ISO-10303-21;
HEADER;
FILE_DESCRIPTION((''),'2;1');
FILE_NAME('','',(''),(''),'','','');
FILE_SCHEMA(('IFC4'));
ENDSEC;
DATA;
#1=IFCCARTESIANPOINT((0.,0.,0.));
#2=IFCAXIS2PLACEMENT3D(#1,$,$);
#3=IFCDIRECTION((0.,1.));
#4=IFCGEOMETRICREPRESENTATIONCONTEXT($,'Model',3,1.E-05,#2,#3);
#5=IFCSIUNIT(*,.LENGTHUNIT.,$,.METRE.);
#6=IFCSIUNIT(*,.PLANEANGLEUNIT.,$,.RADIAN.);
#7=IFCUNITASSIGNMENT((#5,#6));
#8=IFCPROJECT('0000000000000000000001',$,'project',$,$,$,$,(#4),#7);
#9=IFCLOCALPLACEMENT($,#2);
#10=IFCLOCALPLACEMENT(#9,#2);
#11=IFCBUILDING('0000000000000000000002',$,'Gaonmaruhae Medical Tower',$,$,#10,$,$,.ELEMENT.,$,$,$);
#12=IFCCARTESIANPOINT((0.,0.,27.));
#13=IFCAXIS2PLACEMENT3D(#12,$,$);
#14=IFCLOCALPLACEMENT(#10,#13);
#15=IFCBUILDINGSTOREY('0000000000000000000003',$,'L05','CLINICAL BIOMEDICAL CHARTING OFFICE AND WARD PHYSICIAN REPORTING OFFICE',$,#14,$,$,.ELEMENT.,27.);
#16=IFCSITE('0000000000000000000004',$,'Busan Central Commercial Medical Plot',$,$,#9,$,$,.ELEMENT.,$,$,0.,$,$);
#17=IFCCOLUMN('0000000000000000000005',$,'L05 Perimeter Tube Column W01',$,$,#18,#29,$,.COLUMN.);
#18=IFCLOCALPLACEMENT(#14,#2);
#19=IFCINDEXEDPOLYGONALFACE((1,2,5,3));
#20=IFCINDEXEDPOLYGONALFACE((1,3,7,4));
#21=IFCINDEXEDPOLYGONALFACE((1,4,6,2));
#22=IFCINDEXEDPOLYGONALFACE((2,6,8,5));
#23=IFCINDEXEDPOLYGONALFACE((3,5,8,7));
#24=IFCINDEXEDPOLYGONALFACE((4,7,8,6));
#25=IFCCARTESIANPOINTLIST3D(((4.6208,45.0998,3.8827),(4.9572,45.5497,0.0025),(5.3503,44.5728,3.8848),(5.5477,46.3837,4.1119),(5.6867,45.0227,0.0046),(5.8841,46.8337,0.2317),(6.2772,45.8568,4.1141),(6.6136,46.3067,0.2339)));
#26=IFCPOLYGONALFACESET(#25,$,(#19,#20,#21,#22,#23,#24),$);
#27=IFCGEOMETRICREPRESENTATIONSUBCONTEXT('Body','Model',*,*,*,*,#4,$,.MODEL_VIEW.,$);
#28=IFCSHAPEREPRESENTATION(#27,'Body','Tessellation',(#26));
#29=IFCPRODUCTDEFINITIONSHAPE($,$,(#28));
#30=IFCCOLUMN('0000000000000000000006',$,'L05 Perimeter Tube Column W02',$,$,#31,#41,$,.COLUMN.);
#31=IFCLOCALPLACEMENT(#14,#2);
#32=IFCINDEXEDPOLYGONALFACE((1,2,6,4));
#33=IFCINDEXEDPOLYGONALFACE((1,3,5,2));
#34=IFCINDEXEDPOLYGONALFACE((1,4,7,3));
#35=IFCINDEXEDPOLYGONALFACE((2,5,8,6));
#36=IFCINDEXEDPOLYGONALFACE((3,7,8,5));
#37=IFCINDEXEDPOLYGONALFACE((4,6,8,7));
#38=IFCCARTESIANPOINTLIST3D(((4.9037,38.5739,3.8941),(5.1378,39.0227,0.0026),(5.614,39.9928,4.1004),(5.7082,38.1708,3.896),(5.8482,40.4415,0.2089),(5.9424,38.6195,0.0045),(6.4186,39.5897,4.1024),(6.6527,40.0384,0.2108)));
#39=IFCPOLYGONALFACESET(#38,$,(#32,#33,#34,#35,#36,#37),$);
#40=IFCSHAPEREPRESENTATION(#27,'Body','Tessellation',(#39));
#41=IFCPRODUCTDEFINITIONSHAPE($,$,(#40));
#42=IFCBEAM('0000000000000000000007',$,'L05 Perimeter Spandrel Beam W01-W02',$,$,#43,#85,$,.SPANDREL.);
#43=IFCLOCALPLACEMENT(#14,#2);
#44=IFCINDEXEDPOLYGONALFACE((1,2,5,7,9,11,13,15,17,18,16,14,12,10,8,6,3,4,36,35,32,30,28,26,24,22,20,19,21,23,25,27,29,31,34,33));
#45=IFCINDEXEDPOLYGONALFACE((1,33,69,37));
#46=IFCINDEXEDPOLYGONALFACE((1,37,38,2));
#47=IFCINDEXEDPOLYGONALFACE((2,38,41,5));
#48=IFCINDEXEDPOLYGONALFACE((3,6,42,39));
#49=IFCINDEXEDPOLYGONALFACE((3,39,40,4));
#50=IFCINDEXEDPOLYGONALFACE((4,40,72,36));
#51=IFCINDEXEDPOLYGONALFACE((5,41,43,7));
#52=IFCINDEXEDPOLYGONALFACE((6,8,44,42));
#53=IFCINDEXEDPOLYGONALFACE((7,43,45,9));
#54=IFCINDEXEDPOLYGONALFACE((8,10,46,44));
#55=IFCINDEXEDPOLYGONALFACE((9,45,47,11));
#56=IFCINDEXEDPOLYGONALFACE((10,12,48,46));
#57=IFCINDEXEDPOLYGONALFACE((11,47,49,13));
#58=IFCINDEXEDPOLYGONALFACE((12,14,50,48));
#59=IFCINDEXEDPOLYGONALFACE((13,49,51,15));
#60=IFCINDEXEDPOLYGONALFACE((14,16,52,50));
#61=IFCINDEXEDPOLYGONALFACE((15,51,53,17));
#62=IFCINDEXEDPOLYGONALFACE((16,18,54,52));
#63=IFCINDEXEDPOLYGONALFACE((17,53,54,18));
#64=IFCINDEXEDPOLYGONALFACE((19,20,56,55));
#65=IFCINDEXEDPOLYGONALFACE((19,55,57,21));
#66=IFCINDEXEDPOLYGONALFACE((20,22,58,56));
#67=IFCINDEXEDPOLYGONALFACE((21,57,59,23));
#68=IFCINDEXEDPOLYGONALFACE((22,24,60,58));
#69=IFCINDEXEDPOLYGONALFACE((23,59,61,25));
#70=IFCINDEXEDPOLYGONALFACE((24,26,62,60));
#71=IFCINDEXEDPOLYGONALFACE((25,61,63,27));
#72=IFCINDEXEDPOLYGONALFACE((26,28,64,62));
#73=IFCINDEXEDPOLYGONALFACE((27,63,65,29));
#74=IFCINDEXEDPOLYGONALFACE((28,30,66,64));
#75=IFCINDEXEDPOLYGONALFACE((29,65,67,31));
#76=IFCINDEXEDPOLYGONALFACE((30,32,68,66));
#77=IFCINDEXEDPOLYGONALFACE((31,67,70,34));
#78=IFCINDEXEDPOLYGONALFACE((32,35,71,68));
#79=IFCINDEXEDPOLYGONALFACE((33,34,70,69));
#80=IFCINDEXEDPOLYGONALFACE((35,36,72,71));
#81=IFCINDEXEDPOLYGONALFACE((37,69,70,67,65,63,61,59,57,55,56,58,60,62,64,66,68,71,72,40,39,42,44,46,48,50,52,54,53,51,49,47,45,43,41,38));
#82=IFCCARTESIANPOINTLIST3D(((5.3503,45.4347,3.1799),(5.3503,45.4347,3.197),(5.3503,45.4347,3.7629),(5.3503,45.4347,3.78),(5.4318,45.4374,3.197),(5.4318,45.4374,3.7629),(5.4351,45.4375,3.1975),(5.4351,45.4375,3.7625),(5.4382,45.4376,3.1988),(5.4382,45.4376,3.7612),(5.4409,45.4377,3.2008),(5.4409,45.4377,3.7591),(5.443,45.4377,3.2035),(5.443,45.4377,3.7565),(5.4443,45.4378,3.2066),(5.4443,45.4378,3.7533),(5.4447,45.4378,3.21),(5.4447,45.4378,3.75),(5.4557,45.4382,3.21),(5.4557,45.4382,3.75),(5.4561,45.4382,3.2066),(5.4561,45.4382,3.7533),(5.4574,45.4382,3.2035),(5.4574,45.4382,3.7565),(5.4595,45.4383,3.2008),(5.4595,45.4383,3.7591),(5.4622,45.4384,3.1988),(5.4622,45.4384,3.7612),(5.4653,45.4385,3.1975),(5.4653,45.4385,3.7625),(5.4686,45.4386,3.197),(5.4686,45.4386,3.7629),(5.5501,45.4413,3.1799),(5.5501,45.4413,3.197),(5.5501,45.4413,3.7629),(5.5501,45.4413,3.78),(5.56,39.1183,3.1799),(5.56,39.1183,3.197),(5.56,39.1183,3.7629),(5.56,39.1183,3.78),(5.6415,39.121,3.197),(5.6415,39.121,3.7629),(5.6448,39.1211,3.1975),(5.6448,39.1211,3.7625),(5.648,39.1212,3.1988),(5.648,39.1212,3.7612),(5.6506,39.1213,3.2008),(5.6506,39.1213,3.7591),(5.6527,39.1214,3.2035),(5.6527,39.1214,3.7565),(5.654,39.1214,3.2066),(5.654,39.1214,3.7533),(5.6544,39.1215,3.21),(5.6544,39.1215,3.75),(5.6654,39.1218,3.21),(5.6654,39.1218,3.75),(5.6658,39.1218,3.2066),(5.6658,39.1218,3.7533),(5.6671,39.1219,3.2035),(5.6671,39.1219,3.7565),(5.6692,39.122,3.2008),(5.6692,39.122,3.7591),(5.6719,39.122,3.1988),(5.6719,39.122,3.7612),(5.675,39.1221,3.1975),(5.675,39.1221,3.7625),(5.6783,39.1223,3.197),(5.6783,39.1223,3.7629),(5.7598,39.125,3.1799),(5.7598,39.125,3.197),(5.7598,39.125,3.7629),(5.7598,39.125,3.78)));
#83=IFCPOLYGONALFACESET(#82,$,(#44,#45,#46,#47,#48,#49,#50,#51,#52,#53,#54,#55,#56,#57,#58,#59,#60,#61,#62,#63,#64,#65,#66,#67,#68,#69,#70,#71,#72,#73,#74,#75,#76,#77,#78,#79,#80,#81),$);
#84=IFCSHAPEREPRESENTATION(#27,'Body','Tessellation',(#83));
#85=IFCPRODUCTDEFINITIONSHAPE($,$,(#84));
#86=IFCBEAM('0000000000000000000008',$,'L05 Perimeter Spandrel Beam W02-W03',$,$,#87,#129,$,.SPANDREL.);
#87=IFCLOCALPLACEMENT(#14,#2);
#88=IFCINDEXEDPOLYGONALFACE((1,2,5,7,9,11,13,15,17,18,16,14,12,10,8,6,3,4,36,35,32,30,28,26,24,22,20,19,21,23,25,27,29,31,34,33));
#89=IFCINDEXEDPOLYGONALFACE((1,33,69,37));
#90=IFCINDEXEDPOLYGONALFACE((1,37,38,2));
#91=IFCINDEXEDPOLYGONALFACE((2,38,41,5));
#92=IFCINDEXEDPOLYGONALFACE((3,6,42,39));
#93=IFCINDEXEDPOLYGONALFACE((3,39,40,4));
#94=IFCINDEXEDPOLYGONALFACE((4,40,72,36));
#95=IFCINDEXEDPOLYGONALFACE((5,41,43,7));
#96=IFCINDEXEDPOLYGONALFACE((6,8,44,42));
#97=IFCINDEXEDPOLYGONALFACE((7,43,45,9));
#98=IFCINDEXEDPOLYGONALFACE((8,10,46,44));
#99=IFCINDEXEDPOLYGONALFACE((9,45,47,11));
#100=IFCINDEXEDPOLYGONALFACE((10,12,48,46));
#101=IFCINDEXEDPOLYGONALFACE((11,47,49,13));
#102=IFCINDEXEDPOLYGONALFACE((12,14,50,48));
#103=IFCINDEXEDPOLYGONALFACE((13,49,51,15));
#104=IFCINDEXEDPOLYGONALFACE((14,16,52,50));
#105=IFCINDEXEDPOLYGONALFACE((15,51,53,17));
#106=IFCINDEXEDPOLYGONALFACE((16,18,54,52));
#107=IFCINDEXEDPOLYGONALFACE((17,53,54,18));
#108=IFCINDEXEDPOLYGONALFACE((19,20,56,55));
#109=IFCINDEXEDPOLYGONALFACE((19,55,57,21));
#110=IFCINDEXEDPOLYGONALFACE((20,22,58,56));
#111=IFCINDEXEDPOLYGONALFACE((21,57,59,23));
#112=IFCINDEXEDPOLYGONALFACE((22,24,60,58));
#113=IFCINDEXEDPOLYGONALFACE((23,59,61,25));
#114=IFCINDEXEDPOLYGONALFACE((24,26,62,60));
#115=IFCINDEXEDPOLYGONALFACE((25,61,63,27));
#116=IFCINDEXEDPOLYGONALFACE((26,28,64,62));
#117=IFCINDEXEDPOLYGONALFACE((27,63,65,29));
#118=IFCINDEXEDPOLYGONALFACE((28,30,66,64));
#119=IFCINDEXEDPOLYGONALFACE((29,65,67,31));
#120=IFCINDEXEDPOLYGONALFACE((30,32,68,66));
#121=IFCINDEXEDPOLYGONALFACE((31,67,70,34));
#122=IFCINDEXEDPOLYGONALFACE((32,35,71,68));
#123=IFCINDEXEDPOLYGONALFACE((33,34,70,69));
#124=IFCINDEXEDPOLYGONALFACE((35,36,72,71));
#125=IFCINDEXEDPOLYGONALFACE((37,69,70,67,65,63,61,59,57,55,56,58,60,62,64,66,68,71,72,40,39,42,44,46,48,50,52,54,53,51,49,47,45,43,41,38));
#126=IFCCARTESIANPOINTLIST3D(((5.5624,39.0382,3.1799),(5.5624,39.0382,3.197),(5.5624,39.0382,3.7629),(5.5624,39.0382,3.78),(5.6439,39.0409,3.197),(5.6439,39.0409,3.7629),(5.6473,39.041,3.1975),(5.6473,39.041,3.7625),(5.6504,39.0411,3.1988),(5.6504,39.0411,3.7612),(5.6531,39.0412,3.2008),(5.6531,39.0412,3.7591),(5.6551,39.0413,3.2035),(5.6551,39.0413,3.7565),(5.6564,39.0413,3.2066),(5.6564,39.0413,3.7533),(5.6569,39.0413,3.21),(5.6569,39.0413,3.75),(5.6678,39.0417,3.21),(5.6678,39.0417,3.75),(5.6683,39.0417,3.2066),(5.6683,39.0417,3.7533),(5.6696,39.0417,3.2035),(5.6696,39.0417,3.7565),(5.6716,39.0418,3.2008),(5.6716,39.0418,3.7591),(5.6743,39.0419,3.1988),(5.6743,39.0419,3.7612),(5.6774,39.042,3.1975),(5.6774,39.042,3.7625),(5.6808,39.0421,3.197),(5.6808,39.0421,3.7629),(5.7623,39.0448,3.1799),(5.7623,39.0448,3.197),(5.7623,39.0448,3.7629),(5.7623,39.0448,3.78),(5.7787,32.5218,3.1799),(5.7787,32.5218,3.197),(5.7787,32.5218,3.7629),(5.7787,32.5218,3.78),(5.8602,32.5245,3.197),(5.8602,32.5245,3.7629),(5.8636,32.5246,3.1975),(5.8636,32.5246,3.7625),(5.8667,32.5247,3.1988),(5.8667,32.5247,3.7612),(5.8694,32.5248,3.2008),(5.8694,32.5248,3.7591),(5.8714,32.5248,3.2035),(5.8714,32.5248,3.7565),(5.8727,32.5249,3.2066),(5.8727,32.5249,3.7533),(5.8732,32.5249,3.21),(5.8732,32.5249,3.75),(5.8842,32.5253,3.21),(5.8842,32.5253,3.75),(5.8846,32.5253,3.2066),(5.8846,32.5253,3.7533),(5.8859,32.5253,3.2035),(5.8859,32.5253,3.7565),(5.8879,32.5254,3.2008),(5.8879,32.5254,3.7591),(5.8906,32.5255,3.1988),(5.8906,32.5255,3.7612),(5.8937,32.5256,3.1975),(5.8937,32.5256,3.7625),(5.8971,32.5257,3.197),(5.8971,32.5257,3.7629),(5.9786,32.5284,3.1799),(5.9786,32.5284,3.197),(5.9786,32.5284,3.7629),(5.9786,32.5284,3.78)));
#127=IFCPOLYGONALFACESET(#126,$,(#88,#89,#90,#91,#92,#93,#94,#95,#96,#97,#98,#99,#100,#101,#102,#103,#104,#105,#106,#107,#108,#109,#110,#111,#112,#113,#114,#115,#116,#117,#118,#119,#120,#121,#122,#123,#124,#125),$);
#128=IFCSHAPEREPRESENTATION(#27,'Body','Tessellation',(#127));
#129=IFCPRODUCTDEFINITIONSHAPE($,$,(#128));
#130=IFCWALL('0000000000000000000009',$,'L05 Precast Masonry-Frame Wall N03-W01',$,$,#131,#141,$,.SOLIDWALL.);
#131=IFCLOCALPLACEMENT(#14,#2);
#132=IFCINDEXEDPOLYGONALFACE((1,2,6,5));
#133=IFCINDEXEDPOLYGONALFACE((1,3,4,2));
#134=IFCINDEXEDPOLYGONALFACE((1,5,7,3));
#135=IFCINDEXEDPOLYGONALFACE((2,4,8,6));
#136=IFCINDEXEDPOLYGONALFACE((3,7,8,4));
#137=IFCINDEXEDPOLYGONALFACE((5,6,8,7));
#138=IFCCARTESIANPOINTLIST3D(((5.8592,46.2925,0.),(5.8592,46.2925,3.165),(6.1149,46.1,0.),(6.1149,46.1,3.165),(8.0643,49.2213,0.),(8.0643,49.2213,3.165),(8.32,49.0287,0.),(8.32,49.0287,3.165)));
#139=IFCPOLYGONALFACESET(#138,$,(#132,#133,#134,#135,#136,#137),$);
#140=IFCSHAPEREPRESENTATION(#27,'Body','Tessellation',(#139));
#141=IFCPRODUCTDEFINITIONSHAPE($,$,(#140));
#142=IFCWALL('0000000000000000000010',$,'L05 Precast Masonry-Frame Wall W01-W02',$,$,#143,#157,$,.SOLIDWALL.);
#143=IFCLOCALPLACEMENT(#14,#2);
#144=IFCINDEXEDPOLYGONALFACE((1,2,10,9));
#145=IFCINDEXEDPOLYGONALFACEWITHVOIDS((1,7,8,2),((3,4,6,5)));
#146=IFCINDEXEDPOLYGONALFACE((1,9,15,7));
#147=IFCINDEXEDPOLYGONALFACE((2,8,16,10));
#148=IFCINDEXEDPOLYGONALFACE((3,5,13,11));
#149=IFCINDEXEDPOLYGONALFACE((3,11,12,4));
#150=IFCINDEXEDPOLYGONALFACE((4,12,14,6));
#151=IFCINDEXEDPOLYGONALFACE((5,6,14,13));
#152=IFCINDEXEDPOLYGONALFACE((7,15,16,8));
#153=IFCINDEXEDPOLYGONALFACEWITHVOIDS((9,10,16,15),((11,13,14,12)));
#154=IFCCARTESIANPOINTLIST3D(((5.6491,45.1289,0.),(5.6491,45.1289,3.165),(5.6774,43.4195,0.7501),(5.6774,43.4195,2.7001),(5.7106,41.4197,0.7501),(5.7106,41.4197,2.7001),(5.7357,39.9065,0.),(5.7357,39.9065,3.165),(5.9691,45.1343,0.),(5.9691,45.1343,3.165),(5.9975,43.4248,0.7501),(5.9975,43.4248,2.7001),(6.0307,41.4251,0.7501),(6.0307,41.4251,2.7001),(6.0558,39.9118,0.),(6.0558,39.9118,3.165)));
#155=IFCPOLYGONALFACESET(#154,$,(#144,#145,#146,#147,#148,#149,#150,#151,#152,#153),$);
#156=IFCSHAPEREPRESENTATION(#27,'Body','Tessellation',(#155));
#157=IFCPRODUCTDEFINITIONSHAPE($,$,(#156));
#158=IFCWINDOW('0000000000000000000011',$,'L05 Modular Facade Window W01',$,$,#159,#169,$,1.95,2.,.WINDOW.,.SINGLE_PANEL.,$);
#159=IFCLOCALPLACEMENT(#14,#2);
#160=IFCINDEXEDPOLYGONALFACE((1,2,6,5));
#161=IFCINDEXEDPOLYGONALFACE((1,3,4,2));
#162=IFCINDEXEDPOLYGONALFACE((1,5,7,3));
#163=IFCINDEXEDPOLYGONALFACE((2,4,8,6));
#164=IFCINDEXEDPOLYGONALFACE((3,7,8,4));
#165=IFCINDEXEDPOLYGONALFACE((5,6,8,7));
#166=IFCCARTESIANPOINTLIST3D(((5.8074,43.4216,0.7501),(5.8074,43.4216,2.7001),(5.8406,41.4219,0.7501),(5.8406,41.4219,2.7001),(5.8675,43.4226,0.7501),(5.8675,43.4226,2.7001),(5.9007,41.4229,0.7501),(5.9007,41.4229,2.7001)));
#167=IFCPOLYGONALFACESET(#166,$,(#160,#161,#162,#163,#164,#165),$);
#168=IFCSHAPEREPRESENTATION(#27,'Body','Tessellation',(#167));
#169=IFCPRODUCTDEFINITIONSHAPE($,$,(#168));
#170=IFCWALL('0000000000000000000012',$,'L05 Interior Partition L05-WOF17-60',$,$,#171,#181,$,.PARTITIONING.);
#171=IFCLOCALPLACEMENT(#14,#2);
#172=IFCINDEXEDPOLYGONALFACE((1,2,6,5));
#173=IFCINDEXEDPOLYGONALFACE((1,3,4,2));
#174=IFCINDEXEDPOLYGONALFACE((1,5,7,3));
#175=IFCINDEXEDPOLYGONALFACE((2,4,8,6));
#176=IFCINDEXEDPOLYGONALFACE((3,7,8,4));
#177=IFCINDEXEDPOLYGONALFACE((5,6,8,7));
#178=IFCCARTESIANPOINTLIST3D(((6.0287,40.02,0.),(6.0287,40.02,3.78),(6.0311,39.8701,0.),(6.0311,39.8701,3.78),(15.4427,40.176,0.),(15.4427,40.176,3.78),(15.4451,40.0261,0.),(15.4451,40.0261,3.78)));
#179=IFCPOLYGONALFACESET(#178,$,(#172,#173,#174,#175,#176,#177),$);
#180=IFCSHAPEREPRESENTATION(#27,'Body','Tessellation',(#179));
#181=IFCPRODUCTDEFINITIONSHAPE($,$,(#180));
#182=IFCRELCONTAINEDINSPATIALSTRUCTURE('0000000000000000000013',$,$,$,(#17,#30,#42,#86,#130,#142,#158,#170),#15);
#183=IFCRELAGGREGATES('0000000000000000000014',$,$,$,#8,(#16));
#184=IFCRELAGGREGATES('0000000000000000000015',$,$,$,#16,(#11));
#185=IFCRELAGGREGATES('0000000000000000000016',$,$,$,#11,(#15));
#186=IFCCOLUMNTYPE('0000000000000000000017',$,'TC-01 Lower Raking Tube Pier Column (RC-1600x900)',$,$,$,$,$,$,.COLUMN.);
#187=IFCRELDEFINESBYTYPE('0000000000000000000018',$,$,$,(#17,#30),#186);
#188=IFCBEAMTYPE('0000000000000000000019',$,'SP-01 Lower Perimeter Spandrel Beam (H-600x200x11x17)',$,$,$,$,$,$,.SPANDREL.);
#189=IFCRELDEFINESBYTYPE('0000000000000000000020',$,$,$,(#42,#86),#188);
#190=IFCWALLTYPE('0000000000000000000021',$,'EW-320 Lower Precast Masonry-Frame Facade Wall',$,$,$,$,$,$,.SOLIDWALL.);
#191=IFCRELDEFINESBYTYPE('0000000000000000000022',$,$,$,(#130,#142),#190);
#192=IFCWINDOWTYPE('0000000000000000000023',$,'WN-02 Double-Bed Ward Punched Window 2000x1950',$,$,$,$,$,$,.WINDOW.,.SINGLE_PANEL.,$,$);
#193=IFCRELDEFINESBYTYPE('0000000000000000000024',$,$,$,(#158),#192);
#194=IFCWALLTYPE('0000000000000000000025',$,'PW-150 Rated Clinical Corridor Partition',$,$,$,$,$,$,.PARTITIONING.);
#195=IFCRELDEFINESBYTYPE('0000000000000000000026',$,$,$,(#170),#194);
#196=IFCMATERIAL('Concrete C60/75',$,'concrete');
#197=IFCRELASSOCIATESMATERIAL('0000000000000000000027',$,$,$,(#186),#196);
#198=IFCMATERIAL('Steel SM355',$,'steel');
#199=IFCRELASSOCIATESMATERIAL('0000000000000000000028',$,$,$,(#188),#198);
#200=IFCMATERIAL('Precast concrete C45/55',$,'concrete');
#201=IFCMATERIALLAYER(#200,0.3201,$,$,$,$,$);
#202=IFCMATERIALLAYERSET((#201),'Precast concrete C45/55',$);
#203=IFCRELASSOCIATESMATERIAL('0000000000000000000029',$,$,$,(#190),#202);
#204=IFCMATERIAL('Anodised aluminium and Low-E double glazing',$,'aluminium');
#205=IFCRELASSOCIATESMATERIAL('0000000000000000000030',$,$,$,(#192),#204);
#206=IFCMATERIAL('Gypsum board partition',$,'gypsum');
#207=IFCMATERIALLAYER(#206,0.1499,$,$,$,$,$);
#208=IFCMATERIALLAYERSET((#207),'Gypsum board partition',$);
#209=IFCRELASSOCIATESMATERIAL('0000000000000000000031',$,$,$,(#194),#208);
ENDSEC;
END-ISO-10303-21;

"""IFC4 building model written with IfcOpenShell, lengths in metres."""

from ifc_helpers import new_model, si_unit, direction, frame, frame_2d, origin, origin_2d, place, context, subcontext, project, spatial, rectangle, i_section, extrude, material, layer, layer_set, material_profile, profile_set, type_object, element, fill, save


model = new_model("IFC4")

# Units and contexts
model_context = context("Model", 3, precision=1e-05, world=origin(), true_north=direction((0.0, 1.0)))
body_context = subcontext(model_context, "Body", "Model", "MODEL_VIEW")
ifc_project = project(units=[si_unit("LENGTHUNIT", "METRE"), si_unit("PLANEANGLEUNIT", "RADIAN")], contexts=[model_context])

# Site, building, storey
site_placement = place(None, origin())
site = spatial("IfcSite", under=ifc_project, at=site_placement, Name="Busan Central Commercial Medical Plot", CompositionType="ELEMENT", RefElevation=0.0)
building_placement = place(site_placement, origin())
building = spatial("IfcBuilding", under=site, at=building_placement, Name="Gaonmaruhae Medical Tower", CompositionType="ELEMENT")
storey_placement = place(building_placement, frame((0.0, 0.0, 27.0)))
storey = spatial("IfcBuildingStorey", under=building, at=storey_placement, Name="L05", Description="CLINICAL BIOMEDICAL CHARTING OFFICE AND WARD PHYSICIAN REPORTING OFFICE", CompositionType="ELEMENT", Elevation=27.0)

# Columns
ifc_material_1 = material(Name="Concrete C60/75", Category="concrete")
ifc_material_profile_1 = material_profile(ifc_material_1, rectangle(XDim=1.6001, YDim=0.8999, at=origin_2d()), Name="RC-1600x900")
ifc_profile_set_1 = profile_set([ifc_material_profile_1], Name="Concrete C60/75")
column_type = type_object("IfcColumnType", Name="TC-01 Lower Raking Tube Pier Column (RC-1600x900)", PredefinedType="COLUMN", material=ifc_profile_set_1)
column_1_placement = place(storey_placement, frame((5.7854, 45.9282, 0.1182), z_axis=(-0.08581, -0.114766, 0.989679), x_axis=(0.579277, 0.802439, 0.143279)))
element("IfcColumn", 1, at=column_1_placement, inside=storey, type_object=column_type, Name="L05 Perimeter Tube Column W01", PredefinedType="COLUMN", context=body_context, shape_type="SweptSolid", body=[
    extrude(rectangle(XDim=1.6001, YDim=0.8999, at=origin_2d()), origin(), (0.0, 0.0, 1.0), 3.9207),
])
column_2_placement = place(storey_placement, frame((5.8953, 39.5305, 0.1067), z_axis=(-0.059661, -0.114344, 0.991648), x_axis=(0.443957, 0.88672, 0.128955)))
element("IfcColumn", 2, at=column_2_placement, inside=storey, type_object=column_type, Name="L05 Perimeter Tube Column W02", PredefinedType="COLUMN", context=body_context, shape_type="SweptSolid", body=[
    extrude(rectangle(XDim=1.6001, YDim=0.8999, at=origin_2d()), origin(), (0.0, 0.0, 1.0), 3.9243),
])

# Beams
ifc_material_2 = material(Name="Steel SM355", Category="steel")
ifc_material_profile_2 = material_profile(ifc_material_2, i_section(OverallWidth=0.2, OverallDepth=0.6001, WebThickness=0.011, FlangeThickness=0.0171, FilletRadius=0.0129, at=origin_2d()), Name="H-600x200x11x17")
ifc_profile_set_2 = profile_set([ifc_material_profile_2], Name="Steel SM355")
beam_type = type_object("IfcBeamType", Name="SP-01 Lower Perimeter Spandrel Beam (H-600x200x11x17)", PredefinedType="SPANDREL", material=ifc_profile_set_2)
beam_1_placement = place(storey_placement, frame((5.4502, 45.438, 3.48), z_axis=(0.033184, -0.999449, 0.0), x_axis=(0.999449, 0.033184, 0.0)))
element("IfcBeam", 3, at=beam_1_placement, inside=storey, type_object=beam_type, Name="L05 Perimeter Spandrel Beam W01-W02", PredefinedType="SPANDREL", context=body_context, shape_type="SweptSolid", body=[
    extrude(i_section(OverallWidth=0.2, OverallDepth=0.6001, WebThickness=0.011, FlangeThickness=0.0171, FilletRadius=0.0129, at=origin_2d()), origin(), (0.0, 0.0, 1.0), 6.3198),
])
beam_2_placement = place(storey_placement, frame((5.6624, 39.0415, 3.48), z_axis=(0.033176, -0.99945, 0.0), x_axis=(0.99945, 0.033176, 0.0)))
element("IfcBeam", 4, at=beam_2_placement, inside=storey, type_object=beam_type, Name="L05 Perimeter Spandrel Beam W02-W03", PredefinedType="SPANDREL", context=body_context, shape_type="SweptSolid", body=[
    extrude(i_section(OverallWidth=0.2, OverallDepth=0.6001, WebThickness=0.011, FlangeThickness=0.0171, FilletRadius=0.0129, at=origin_2d()), origin(), (0.0, 0.0, 1.0), 6.52),
])

# Wall
ifc_material_3 = material(Name="Precast concrete C45/55", Category="concrete")
ifc_layer_1 = layer(ifc_material_3, 0.3201)
ifc_layer_set_1 = layer_set([ifc_layer_1], Name="Precast concrete C45/55")
wall_type_1 = type_object("IfcWallType", Name="EW-320 Lower Precast Masonry-Frame Facade Wall", PredefinedType="SOLIDWALL", material=ifc_layer_set_1)
wall_1_placement = place(storey_placement, frame((5.9871, 46.1963, 0.0), z_axis=(0.0, 0.0, 1.0), x_axis=(0.601491, 0.79888, 0.0)))
element("IfcWall", 5, at=wall_1_placement, inside=storey, type_object=wall_type_1, Name="L05 Precast Masonry-Frame Wall N03-W01", PredefinedType="SOLIDWALL", context=body_context, shape_type="SweptSolid", body=[
    extrude(rectangle(XDim=3.666, YDim=0.3201, at=frame_2d((1.833, 0.0))), origin(), (0.0, 0.0, 1.0), 3.165),
])

# Wall, opening, window
wall_2_placement = place(storey_placement, frame((5.8958, 39.9092, 0.0), z_axis=(0.0, 0.0, 1.0), x_axis=(-0.016593, 0.999862, 0.0)))
wall_2 = element("IfcWall", 6, at=wall_2_placement, inside=storey, type_object=wall_type_1, Name="L05 Precast Masonry-Frame Wall W01-W02", PredefinedType="SOLIDWALL", context=body_context, shape_type="SweptSolid", body=[
    extrude(rectangle(XDim=5.2231, YDim=0.3201, at=frame_2d((2.6116, 0.0))), origin(), (0.0, 0.0, 1.0), 3.165),
])
opening_placement = place(wall_2_placement, frame((1.5134, 0.0, 0.75)))
opening = element("IfcOpeningElement", 7, at=opening_placement, cuts=wall_2, PredefinedType="OPENING", context=body_context, shape_type="SweptSolid", body=[
    extrude(rectangle(XDim=2.0, YDim=1.95, at=frame_2d((1.0, 0.9751))), frame((0.0, 0.1699, 0.0), z_axis=(0.0, -1.0, 0.0), x_axis=(1.0, 0.0, 0.0)), (0.0, 0.0, 1.0), 0.3401),
])
ifc_material_4 = material(Name="Anodised aluminium and Low-E double glazing", Category="aluminium")
window_type = type_object("IfcWindowType", Name="WN-02 Double-Bed Ward Punched Window 2000x1950", PartitioningType="SINGLE_PANEL", PredefinedType="WINDOW", material=ifc_material_4)
window_placement = place(opening_placement, origin())
window = element("IfcWindow", 8, at=window_placement, inside=storey, type_object=window_type, Name="L05 Modular Facade Window W01", OverallHeight=1.95, OverallWidth=2.0, PartitioningType="SINGLE_PANEL", PredefinedType="WINDOW", context=body_context, shape_type="SweptSolid", body=[
    extrude(rectangle(XDim=2.0, YDim=1.95, at=frame_2d((1.0, 0.9751))), frame((0.0, 0.03, 0.0), z_axis=(0.0, -1.0, 0.0), x_axis=(1.0, 0.0, 0.0)), (0.0, 0.0, 1.0), 0.0601),
])
fill(opening, window)

# Wall
ifc_material_5 = material(Name="Gypsum board partition", Category="gypsum")
ifc_layer_2 = layer(ifc_material_5, 0.1499)
ifc_layer_set_2 = layer_set([ifc_layer_2], Name="Gypsum board partition")
wall_type_2 = type_object("IfcWallType", Name="PW-150 Rated Clinical Corridor Partition", PredefinedType="PARTITIONING", material=ifc_layer_set_2)
wall_3_placement = place(storey_placement, frame((6.03, 39.9451, 0.0), z_axis=(0.0, 0.0, 1.0), x_axis=(0.999863, 0.016569, 0.0)))
element("IfcWall", 9, at=wall_3_placement, inside=storey, type_object=wall_type_2, Name="L05 Interior Partition L05-WOF17-60", PredefinedType="PARTITIONING", context=body_context, shape_type="SweptSolid", body=[
    extrude(rectangle(XDim=9.4153, YDim=0.1499, at=frame_2d((4.7075, 0.0))), origin(), (0.0, 0.0, 1.0), 3.78),
])

save(model, "model.ifc")
